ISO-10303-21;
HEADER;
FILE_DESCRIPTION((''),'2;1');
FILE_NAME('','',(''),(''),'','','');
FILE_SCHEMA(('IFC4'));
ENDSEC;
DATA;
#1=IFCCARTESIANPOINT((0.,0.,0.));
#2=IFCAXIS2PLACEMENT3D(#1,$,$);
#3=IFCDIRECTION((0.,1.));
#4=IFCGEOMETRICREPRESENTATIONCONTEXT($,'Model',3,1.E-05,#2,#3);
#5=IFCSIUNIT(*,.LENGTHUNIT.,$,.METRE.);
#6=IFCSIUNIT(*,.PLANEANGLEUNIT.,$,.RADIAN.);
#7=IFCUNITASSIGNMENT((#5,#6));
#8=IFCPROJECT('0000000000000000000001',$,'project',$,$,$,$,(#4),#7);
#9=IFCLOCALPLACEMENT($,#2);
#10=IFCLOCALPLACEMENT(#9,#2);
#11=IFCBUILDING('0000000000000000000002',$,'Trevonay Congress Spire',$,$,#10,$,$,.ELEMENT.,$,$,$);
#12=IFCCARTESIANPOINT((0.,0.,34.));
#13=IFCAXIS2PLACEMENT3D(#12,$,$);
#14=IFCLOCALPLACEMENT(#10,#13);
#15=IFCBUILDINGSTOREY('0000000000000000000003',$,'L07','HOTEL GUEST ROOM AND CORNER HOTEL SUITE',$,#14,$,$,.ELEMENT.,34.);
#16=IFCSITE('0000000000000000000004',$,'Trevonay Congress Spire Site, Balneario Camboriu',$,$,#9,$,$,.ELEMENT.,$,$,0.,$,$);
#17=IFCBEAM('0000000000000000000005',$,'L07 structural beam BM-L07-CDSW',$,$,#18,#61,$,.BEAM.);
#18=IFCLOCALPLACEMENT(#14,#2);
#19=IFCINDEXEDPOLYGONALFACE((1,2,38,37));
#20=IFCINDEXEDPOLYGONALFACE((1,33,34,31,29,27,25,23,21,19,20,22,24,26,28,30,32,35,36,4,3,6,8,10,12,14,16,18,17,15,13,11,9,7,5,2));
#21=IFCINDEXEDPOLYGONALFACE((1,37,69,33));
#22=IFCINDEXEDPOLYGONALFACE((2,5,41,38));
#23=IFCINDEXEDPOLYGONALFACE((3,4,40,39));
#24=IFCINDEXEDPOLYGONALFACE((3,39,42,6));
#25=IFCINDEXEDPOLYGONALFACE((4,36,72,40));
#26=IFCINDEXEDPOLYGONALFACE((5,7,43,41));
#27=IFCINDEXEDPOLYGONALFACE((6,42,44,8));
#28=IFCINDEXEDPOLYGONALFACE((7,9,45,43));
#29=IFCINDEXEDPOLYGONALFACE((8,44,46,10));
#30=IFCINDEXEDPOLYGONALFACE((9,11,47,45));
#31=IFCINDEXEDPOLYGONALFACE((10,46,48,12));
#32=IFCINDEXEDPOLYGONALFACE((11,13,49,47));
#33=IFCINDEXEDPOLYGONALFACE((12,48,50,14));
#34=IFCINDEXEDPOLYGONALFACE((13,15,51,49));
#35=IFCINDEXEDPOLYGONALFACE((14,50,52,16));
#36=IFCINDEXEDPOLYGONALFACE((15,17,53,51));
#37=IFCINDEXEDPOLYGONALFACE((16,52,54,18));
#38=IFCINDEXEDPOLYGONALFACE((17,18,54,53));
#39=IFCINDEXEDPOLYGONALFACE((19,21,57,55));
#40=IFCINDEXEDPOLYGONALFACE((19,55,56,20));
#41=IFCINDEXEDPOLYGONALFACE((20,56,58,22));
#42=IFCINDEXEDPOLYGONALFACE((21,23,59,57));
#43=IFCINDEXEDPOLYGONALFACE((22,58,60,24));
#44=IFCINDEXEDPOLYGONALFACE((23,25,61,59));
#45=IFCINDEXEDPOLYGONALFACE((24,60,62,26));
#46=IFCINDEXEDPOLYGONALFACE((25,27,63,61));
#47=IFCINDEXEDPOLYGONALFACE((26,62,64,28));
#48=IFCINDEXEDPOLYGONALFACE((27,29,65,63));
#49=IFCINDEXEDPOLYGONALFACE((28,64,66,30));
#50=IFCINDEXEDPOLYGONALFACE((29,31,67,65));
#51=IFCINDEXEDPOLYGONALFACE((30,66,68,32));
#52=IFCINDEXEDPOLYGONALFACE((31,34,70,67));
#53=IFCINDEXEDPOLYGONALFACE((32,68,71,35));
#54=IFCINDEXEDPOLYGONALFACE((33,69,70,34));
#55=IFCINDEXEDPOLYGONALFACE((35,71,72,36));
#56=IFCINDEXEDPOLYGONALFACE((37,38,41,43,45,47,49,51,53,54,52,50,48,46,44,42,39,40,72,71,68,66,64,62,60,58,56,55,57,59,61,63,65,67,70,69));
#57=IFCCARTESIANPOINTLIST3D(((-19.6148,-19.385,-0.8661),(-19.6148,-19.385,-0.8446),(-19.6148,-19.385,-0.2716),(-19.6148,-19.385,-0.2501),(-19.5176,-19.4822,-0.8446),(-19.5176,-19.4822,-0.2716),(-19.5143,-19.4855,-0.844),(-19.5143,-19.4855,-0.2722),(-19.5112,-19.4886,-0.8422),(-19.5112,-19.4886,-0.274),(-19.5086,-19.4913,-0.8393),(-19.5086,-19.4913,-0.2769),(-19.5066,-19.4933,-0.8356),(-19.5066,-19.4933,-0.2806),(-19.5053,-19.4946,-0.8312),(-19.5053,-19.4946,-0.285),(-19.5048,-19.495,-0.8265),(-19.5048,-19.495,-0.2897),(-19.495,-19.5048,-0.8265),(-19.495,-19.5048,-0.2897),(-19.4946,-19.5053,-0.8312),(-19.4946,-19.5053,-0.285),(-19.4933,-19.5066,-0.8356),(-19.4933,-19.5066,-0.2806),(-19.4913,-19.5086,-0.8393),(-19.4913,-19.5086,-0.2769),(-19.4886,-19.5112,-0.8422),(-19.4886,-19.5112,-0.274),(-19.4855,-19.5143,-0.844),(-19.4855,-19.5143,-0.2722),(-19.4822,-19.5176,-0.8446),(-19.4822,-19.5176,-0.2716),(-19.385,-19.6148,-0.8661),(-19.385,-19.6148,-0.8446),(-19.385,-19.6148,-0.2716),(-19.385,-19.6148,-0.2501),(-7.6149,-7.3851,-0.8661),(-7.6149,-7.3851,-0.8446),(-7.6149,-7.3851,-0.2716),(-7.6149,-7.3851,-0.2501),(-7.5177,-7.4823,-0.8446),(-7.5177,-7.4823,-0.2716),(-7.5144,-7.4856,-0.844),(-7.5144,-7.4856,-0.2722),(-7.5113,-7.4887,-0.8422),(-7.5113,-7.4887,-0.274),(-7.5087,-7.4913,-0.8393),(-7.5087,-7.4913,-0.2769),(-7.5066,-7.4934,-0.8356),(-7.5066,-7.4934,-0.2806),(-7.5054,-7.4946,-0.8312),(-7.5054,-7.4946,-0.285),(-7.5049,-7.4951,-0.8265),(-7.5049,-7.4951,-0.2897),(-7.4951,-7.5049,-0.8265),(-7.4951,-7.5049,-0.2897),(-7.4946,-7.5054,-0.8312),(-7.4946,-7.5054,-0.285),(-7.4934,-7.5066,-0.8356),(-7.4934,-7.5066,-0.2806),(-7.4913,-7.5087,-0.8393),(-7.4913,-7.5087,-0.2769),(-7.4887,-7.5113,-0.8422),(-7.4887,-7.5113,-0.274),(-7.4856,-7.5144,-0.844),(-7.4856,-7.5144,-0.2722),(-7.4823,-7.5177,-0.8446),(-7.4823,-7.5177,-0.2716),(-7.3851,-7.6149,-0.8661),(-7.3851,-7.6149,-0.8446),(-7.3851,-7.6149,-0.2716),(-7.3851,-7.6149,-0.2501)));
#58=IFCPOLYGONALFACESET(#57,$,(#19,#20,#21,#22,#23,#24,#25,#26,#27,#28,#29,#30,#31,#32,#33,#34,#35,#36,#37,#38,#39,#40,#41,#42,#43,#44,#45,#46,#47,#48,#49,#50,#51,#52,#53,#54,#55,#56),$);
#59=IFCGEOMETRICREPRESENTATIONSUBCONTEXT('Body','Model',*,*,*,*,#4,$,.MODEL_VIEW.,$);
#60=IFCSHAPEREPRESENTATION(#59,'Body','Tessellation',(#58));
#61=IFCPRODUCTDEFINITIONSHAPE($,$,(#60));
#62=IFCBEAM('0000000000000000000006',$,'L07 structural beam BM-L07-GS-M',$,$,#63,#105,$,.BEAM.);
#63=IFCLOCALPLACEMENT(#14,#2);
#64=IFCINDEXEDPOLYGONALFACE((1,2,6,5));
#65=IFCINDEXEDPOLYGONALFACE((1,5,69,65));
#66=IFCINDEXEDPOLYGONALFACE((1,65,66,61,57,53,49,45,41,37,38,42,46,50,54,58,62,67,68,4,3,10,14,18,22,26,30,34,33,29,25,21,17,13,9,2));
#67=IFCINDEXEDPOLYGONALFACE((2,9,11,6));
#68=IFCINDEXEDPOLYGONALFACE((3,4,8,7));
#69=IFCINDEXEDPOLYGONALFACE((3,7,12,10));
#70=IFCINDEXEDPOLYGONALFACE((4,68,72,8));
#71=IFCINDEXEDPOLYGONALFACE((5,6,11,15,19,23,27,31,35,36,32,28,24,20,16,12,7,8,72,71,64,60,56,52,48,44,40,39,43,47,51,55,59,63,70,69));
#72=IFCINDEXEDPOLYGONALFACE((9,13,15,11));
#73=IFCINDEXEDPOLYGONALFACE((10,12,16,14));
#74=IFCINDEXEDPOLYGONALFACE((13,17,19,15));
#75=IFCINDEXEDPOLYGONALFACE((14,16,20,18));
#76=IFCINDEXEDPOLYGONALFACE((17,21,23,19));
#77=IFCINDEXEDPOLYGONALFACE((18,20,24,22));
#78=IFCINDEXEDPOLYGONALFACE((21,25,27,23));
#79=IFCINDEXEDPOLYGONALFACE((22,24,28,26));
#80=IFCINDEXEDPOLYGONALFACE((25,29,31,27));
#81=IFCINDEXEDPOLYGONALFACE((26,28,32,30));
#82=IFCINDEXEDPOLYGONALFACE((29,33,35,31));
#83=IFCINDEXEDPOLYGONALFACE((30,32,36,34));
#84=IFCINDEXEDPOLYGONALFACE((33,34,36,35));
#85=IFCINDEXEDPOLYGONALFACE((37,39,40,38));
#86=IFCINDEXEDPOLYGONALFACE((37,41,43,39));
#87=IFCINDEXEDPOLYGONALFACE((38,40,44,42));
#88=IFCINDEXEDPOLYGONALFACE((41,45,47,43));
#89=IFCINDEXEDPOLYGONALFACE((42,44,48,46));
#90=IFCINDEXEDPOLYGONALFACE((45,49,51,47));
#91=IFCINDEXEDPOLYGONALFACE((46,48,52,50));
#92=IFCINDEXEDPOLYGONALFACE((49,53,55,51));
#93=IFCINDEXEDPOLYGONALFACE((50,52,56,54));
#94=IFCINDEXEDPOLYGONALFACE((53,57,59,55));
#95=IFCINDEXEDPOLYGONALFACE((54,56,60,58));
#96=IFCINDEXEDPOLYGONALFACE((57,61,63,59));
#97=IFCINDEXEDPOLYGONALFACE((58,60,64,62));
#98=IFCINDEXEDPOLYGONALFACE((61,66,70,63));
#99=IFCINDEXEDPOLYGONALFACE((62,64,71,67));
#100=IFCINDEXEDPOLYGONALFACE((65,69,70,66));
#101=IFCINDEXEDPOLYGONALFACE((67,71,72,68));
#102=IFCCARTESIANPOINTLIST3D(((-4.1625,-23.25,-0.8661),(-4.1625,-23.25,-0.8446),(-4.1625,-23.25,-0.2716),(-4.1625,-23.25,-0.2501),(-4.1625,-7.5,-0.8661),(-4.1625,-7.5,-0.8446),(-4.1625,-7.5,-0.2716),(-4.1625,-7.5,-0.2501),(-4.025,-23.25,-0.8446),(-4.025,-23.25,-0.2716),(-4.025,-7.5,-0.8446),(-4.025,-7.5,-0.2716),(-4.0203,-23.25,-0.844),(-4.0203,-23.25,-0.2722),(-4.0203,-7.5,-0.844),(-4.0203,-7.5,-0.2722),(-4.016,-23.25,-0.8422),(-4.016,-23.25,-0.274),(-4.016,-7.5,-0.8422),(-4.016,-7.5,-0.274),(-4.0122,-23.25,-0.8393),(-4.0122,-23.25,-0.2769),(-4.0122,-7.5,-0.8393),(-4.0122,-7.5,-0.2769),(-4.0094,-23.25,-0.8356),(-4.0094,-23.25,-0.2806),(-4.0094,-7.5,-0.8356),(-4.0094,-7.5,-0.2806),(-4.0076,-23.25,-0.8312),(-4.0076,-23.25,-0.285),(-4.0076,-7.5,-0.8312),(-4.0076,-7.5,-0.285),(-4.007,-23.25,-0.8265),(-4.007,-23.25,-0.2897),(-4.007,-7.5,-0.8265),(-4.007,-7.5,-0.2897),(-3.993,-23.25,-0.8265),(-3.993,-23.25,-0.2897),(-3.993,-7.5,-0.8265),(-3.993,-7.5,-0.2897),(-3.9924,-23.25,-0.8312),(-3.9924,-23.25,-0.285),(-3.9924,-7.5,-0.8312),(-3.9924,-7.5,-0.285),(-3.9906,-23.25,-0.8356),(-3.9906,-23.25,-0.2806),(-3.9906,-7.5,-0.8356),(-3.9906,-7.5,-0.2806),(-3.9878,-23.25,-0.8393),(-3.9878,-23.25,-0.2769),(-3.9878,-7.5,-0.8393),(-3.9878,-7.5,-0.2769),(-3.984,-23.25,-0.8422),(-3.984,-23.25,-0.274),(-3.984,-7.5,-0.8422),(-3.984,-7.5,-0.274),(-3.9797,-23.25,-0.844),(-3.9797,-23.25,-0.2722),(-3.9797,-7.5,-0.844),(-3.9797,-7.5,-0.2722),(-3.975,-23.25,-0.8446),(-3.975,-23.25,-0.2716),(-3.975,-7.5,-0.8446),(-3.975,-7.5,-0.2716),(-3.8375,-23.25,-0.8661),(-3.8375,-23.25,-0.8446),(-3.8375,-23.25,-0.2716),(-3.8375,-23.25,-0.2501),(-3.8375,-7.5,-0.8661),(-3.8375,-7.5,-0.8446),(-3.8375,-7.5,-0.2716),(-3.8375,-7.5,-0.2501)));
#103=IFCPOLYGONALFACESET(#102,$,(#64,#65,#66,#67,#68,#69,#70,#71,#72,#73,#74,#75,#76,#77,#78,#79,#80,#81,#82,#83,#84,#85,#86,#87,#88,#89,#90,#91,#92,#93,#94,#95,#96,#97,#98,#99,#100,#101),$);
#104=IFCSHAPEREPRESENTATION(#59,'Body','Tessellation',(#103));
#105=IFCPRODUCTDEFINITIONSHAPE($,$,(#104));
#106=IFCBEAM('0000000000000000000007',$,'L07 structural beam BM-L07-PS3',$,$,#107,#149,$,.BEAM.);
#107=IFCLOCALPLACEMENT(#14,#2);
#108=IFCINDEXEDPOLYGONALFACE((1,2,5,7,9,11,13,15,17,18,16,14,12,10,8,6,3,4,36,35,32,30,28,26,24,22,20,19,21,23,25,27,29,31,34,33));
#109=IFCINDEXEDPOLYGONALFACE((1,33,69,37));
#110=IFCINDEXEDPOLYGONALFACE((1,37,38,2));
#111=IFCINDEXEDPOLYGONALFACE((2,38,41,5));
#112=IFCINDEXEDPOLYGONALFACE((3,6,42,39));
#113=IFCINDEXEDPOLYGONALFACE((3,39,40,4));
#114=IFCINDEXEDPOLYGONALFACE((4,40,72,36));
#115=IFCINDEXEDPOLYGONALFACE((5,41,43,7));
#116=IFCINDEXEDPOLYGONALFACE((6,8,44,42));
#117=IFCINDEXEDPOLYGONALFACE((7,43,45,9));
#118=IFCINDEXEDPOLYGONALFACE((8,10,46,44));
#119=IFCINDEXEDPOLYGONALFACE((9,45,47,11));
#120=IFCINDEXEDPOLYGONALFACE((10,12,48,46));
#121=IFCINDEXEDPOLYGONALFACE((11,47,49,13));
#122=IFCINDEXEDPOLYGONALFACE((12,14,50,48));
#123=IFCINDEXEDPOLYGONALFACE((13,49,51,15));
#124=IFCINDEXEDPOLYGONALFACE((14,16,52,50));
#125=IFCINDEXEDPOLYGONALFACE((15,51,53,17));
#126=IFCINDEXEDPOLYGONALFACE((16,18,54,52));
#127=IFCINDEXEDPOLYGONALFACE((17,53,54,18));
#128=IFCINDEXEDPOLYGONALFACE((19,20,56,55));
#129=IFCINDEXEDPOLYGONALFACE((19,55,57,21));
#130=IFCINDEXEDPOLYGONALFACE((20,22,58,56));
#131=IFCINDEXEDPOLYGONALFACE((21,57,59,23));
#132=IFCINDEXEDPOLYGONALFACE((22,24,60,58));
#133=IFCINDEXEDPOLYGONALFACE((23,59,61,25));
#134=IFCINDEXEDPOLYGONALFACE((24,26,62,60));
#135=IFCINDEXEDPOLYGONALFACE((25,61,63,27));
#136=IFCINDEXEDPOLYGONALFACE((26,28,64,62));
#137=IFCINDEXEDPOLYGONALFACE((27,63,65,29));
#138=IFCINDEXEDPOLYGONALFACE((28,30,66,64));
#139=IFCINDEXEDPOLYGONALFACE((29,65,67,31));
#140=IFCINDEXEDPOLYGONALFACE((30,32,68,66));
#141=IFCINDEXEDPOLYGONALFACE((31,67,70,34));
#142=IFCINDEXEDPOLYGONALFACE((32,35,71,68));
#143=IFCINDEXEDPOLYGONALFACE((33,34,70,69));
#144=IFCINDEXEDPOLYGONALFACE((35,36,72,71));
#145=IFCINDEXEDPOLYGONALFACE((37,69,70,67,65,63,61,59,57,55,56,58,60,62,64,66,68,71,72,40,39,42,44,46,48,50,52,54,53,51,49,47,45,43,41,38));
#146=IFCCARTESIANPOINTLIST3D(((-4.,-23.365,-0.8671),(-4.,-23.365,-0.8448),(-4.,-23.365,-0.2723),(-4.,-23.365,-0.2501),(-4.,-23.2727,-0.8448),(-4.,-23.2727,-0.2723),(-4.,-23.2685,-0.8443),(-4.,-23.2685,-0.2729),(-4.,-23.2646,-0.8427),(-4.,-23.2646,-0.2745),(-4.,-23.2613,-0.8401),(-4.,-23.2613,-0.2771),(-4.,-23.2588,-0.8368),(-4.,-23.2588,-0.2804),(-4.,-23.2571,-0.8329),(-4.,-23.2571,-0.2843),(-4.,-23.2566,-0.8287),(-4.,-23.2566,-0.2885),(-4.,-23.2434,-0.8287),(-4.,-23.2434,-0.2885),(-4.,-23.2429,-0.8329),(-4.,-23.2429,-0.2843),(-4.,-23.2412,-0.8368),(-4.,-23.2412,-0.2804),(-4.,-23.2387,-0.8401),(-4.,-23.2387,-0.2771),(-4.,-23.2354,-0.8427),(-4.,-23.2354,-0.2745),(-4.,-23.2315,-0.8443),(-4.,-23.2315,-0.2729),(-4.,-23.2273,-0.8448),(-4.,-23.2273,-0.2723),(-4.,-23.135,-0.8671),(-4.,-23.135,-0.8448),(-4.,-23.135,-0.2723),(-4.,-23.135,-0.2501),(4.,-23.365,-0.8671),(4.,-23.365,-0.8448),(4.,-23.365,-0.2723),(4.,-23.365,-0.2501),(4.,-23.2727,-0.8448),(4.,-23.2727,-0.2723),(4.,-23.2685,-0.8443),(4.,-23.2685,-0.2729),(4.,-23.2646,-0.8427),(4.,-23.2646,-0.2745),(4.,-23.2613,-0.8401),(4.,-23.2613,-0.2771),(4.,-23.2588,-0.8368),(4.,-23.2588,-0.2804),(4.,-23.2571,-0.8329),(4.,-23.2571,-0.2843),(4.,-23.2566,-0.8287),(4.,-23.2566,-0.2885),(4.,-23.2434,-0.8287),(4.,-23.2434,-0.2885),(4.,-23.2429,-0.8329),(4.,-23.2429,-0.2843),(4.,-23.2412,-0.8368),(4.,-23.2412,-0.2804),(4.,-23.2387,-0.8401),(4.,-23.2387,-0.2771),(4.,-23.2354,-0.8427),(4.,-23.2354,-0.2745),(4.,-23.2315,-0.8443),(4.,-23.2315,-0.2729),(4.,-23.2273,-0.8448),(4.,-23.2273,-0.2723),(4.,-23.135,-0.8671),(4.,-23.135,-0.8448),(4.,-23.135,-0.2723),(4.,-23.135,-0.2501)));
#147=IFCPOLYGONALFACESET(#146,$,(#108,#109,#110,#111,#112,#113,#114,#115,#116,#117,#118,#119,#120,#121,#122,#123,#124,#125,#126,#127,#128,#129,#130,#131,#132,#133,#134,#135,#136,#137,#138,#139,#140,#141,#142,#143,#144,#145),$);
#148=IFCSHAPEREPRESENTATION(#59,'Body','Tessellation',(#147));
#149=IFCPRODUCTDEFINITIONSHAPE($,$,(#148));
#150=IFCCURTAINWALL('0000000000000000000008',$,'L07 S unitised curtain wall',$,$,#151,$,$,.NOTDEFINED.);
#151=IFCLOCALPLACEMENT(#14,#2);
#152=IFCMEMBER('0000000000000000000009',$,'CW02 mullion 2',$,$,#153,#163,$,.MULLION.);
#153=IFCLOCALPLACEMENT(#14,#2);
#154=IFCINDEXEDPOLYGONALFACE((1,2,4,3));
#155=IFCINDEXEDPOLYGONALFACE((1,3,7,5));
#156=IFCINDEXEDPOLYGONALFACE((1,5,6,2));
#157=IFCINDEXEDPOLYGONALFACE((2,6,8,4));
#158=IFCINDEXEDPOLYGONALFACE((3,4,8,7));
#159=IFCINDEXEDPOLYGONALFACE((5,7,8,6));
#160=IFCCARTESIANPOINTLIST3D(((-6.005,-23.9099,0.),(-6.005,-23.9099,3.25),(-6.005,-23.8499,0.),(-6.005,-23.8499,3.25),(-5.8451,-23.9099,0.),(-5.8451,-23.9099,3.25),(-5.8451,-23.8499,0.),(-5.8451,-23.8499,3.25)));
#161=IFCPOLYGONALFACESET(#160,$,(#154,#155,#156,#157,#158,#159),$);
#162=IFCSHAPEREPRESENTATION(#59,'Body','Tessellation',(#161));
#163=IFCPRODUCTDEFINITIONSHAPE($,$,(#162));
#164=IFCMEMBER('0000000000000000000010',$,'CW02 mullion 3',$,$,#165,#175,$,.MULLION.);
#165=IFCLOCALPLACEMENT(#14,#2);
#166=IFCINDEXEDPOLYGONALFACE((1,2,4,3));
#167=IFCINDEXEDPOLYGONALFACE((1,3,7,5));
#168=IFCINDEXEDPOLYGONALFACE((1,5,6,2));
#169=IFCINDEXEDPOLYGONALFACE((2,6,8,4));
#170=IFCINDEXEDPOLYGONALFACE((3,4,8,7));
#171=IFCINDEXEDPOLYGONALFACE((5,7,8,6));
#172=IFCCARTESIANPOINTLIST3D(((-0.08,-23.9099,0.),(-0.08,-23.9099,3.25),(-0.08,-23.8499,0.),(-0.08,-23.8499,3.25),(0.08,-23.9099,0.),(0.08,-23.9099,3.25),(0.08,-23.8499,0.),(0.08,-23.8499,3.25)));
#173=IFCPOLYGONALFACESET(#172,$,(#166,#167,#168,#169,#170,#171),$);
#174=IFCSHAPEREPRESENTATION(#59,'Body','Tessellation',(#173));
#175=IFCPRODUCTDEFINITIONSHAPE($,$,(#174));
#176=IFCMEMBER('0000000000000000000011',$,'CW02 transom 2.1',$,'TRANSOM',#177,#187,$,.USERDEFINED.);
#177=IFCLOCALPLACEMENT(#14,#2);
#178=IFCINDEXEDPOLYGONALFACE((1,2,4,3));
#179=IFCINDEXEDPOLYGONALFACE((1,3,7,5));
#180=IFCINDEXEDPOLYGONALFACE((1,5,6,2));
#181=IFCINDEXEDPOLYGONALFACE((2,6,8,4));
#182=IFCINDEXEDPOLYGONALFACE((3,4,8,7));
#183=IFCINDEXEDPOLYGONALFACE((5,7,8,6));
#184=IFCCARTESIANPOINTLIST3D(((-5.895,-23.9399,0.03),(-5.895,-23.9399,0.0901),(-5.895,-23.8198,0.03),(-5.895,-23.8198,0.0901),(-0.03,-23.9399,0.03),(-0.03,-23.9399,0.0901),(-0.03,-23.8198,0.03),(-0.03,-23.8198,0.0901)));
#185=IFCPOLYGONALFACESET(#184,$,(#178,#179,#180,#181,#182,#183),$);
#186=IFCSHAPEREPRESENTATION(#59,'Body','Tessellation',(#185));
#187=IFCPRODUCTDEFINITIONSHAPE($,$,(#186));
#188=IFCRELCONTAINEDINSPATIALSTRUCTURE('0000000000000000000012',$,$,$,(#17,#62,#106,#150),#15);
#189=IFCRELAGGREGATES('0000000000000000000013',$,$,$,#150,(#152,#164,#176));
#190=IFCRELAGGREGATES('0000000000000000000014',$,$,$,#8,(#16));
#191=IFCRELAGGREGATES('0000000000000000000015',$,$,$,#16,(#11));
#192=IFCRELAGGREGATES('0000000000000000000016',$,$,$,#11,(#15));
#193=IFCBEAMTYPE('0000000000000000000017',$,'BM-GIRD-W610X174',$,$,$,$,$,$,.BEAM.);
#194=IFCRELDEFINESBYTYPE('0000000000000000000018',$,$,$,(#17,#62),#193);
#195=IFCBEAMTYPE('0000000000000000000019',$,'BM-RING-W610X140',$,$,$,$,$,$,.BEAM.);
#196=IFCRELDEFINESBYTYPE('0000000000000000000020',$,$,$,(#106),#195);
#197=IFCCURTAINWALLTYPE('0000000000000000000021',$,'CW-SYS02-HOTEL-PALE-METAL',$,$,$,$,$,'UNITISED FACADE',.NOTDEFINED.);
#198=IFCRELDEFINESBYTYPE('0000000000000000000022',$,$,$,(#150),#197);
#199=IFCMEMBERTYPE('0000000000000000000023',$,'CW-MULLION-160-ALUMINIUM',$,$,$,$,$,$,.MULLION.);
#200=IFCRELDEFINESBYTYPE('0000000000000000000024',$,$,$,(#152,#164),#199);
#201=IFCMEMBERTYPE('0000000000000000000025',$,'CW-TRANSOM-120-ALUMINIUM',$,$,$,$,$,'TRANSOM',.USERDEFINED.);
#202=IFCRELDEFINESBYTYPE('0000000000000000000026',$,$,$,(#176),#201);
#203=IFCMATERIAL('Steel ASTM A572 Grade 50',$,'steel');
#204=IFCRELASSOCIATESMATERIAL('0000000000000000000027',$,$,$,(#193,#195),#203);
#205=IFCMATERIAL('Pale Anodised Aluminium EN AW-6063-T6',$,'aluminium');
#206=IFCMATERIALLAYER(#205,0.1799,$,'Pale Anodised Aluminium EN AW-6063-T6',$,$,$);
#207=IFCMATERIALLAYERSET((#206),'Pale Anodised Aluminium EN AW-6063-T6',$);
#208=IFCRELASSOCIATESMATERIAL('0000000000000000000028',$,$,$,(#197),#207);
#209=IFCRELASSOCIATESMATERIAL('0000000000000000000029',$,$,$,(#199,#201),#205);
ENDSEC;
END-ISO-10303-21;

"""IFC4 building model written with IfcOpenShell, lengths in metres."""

from ifc_helpers import new_model, si_unit, direction, frame, origin, origin_2d, place, context, subcontext, project, spatial, rectangle, i_section, extrude, material, layer, layer_set, material_profile, profile_set, type_object, element, aggregate, save


model = new_model("IFC4")

# Units and contexts
model_context = context("Model", 3, precision=1e-05, world=origin(), true_north=direction((0.0, 1.0)))
body_context = subcontext(model_context, "Body", "Model", "MODEL_VIEW")
ifc_project = project(units=[si_unit("LENGTHUNIT", "METRE"), si_unit("PLANEANGLEUNIT", "RADIAN")], contexts=[model_context])

# Site, building, storey
site_placement = place(None, origin())
site = spatial("IfcSite", under=ifc_project, at=site_placement, Name="Trevonay Congress Spire Site, Balneario Camboriu", CompositionType="ELEMENT", RefElevation=0.0)
building_placement = place(site_placement, origin())
building = spatial("IfcBuilding", under=site, at=building_placement, Name="Trevonay Congress Spire", CompositionType="ELEMENT")
storey_placement = place(building_placement, frame((0.0, 0.0, 34.0)))
storey = spatial("IfcBuildingStorey", under=building, at=storey_placement, Name="L07", Description="HOTEL GUEST ROOM AND CORNER HOTEL SUITE", CompositionType="ELEMENT", Elevation=34.0)

# Shared definitions
ifc_material_1 = material(Name="Steel ASTM A572 Grade 50", Category="steel")

# Beams
ifc_material_profile_1 = material_profile(ifc_material_1, i_section(OverallWidth=0.325, OverallDepth=0.616, WebThickness=0.0139, FlangeThickness=0.0215, FilletRadius=0.0181, at=origin_2d()), Name="W610x174")
ifc_profile_set_1 = profile_set([ifc_material_profile_1], Name="Steel ASTM A572 Grade 50")
beam_type_1 = type_object("IfcBeamType", Name="BM-GIRD-W610X174", PredefinedType="BEAM", material=ifc_profile_set_1)
beam_1_placement = place(storey_placement, frame((-7.5, -7.5, -0.5581), z_axis=(-0.707107, -0.707107, 0.0), x_axis=(0.707107, -0.707107, 0.0)))
element("IfcBeam", 1, at=beam_1_placement, inside=storey, type_object=beam_type_1, Name="L07 structural beam BM-L07-CDSW", PredefinedType="BEAM", context=body_context, shape_type="SweptSolid", body=[
    extrude(i_section(OverallWidth=0.325, OverallDepth=0.616, WebThickness=0.0139, FlangeThickness=0.0215, FilletRadius=0.0181, at=origin_2d()), origin(), (0.0, 0.0, 1.0), 16.9705),
])
beam_2_placement = place(storey_placement, frame((-4.0, -7.5, -0.5581), z_axis=(0.0, -1.0, 0.0), x_axis=(1.0, 0.0, 0.0)))
element("IfcBeam", 2, at=beam_2_placement, inside=storey, type_object=beam_type_1, Name="L07 structural beam BM-L07-GS-M", PredefinedType="BEAM", context=body_context, shape_type="SweptSolid", body=[
    extrude(i_section(OverallWidth=0.325, OverallDepth=0.616, WebThickness=0.0139, FlangeThickness=0.0215, FilletRadius=0.0181, at=origin_2d()), origin(), (0.0, 0.0, 1.0), 15.75),
])
ifc_material_profile_2 = material_profile(ifc_material_1, i_section(OverallWidth=0.23, OverallDepth=0.6169, WebThickness=0.0132, FlangeThickness=0.0222, FilletRadius=0.0161, at=origin_2d()), Name="W610x140")
ifc_profile_set_2 = profile_set([ifc_material_profile_2], Name="Steel ASTM A572 Grade 50")
beam_type_2 = type_object("IfcBeamType", Name="BM-RING-W610X140", PredefinedType="BEAM", material=ifc_profile_set_2)
beam_3_placement = place(storey_placement, frame((-4.0, -23.25, -0.5586), z_axis=(1.0, 0.0, 0.0), x_axis=(0.0, 1.0, 0.0)))
element("IfcBeam", 3, at=beam_3_placement, inside=storey, type_object=beam_type_2, Name="L07 structural beam BM-L07-PS3", PredefinedType="BEAM", context=body_context, shape_type="SweptSolid", body=[
    extrude(i_section(OverallWidth=0.23, OverallDepth=0.6169, WebThickness=0.0132, FlangeThickness=0.0222, FilletRadius=0.0161, at=origin_2d()), origin(), (0.0, 0.0, 1.0), 8.0),
])

# Curtain wall, members
ifc_material_2 = material(Name="Pale Anodised Aluminium EN AW-6063-T6", Category="aluminium")
ifc_layer_1 = layer(ifc_material_2, 0.1799, Name="Pale Anodised Aluminium EN AW-6063-T6")
ifc_layer_set_1 = layer_set([ifc_layer_1], Name="Pale Anodised Aluminium EN AW-6063-T6")
curtain_wall_type = type_object("IfcCurtainWallType", Name="CW-SYS02-HOTEL-PALE-METAL", ElementType="UNITISED FACADE", PredefinedType="NOTDEFINED", material=ifc_layer_set_1)
curtain_wall_placement = place(storey_placement, origin())
curtain_wall = element("IfcCurtainWall", 4, at=curtain_wall_placement, inside=storey, type_object=curtain_wall_type, Name="L07 S unitised curtain wall", PredefinedType="NOTDEFINED")
ifc_material_profile_3 = material_profile(ifc_material_2, rectangle(XDim=0.0601, YDim=0.1599, at=origin_2d()), Name="CW-MULLION-160-ALUMINIUM")
ifc_profile_set_3 = profile_set([ifc_material_profile_3], Name="Pale Anodised Aluminium EN AW-6063-T6")
member_type_1 = type_object("IfcMemberType", Name="CW-MULLION-160-ALUMINIUM", PredefinedType="MULLION", material=ifc_profile_set_3)
member_1_placement = place(storey_placement, frame((-5.925, -23.8799, 0.0), z_axis=(0.0, 0.0, 1.0), x_axis=(0.0, 1.0, 0.0)))
member_1 = element("IfcMember", 5, at=member_1_placement, type_object=member_type_1, Name="CW02 mullion 2", PredefinedType="MULLION", context=body_context, shape_type="SweptSolid", body=[
    extrude(rectangle(XDim=0.0601, YDim=0.1599, at=origin_2d()), origin(), (0.0, 0.0, 1.0), 3.25),
])
member_2_placement = place(storey_placement, frame((0.0, -23.8799, 0.0), z_axis=(0.0, 0.0, 1.0), x_axis=(0.0, 1.0, 0.0)))
member_2 = element("IfcMember", 6, at=member_2_placement, type_object=member_type_1, Name="CW02 mullion 3", PredefinedType="MULLION", context=body_context, shape_type="SweptSolid", body=[
    extrude(rectangle(XDim=0.0601, YDim=0.1599, at=origin_2d()), origin(), (0.0, 0.0, 1.0), 3.25),
])
ifc_material_profile_4 = material_profile(ifc_material_2, rectangle(XDim=0.1201, YDim=0.0601, at=origin_2d()), Name="CW-TRANSOM-120-ALUMINIUM")
ifc_profile_set_4 = profile_set([ifc_material_profile_4], Name="Pale Anodised Aluminium EN AW-6063-T6")
member_type_2 = type_object("IfcMemberType", Name="CW-TRANSOM-120-ALUMINIUM", ElementType="TRANSOM", PredefinedType="USERDEFINED", material=ifc_profile_set_4)
member_3_placement = place(storey_placement, frame((-5.895, -23.8799, 0.0601), z_axis=(1.0, 0.0, 0.0), x_axis=(0.0, 1.0, 0.0)))
member_3 = element("IfcMember", 7, at=member_3_placement, type_object=member_type_2, Name="CW02 transom 2.1", ObjectType="TRANSOM", PredefinedType="USERDEFINED", context=body_context, shape_type="SweptSolid", body=[
    extrude(rectangle(XDim=0.1201, YDim=0.0601, at=origin_2d()), origin(), (0.0, 0.0, 1.0), 5.865),
])
aggregate(curtain_wall, [member_1, member_2, member_3])

save(model, "model.ifc")
